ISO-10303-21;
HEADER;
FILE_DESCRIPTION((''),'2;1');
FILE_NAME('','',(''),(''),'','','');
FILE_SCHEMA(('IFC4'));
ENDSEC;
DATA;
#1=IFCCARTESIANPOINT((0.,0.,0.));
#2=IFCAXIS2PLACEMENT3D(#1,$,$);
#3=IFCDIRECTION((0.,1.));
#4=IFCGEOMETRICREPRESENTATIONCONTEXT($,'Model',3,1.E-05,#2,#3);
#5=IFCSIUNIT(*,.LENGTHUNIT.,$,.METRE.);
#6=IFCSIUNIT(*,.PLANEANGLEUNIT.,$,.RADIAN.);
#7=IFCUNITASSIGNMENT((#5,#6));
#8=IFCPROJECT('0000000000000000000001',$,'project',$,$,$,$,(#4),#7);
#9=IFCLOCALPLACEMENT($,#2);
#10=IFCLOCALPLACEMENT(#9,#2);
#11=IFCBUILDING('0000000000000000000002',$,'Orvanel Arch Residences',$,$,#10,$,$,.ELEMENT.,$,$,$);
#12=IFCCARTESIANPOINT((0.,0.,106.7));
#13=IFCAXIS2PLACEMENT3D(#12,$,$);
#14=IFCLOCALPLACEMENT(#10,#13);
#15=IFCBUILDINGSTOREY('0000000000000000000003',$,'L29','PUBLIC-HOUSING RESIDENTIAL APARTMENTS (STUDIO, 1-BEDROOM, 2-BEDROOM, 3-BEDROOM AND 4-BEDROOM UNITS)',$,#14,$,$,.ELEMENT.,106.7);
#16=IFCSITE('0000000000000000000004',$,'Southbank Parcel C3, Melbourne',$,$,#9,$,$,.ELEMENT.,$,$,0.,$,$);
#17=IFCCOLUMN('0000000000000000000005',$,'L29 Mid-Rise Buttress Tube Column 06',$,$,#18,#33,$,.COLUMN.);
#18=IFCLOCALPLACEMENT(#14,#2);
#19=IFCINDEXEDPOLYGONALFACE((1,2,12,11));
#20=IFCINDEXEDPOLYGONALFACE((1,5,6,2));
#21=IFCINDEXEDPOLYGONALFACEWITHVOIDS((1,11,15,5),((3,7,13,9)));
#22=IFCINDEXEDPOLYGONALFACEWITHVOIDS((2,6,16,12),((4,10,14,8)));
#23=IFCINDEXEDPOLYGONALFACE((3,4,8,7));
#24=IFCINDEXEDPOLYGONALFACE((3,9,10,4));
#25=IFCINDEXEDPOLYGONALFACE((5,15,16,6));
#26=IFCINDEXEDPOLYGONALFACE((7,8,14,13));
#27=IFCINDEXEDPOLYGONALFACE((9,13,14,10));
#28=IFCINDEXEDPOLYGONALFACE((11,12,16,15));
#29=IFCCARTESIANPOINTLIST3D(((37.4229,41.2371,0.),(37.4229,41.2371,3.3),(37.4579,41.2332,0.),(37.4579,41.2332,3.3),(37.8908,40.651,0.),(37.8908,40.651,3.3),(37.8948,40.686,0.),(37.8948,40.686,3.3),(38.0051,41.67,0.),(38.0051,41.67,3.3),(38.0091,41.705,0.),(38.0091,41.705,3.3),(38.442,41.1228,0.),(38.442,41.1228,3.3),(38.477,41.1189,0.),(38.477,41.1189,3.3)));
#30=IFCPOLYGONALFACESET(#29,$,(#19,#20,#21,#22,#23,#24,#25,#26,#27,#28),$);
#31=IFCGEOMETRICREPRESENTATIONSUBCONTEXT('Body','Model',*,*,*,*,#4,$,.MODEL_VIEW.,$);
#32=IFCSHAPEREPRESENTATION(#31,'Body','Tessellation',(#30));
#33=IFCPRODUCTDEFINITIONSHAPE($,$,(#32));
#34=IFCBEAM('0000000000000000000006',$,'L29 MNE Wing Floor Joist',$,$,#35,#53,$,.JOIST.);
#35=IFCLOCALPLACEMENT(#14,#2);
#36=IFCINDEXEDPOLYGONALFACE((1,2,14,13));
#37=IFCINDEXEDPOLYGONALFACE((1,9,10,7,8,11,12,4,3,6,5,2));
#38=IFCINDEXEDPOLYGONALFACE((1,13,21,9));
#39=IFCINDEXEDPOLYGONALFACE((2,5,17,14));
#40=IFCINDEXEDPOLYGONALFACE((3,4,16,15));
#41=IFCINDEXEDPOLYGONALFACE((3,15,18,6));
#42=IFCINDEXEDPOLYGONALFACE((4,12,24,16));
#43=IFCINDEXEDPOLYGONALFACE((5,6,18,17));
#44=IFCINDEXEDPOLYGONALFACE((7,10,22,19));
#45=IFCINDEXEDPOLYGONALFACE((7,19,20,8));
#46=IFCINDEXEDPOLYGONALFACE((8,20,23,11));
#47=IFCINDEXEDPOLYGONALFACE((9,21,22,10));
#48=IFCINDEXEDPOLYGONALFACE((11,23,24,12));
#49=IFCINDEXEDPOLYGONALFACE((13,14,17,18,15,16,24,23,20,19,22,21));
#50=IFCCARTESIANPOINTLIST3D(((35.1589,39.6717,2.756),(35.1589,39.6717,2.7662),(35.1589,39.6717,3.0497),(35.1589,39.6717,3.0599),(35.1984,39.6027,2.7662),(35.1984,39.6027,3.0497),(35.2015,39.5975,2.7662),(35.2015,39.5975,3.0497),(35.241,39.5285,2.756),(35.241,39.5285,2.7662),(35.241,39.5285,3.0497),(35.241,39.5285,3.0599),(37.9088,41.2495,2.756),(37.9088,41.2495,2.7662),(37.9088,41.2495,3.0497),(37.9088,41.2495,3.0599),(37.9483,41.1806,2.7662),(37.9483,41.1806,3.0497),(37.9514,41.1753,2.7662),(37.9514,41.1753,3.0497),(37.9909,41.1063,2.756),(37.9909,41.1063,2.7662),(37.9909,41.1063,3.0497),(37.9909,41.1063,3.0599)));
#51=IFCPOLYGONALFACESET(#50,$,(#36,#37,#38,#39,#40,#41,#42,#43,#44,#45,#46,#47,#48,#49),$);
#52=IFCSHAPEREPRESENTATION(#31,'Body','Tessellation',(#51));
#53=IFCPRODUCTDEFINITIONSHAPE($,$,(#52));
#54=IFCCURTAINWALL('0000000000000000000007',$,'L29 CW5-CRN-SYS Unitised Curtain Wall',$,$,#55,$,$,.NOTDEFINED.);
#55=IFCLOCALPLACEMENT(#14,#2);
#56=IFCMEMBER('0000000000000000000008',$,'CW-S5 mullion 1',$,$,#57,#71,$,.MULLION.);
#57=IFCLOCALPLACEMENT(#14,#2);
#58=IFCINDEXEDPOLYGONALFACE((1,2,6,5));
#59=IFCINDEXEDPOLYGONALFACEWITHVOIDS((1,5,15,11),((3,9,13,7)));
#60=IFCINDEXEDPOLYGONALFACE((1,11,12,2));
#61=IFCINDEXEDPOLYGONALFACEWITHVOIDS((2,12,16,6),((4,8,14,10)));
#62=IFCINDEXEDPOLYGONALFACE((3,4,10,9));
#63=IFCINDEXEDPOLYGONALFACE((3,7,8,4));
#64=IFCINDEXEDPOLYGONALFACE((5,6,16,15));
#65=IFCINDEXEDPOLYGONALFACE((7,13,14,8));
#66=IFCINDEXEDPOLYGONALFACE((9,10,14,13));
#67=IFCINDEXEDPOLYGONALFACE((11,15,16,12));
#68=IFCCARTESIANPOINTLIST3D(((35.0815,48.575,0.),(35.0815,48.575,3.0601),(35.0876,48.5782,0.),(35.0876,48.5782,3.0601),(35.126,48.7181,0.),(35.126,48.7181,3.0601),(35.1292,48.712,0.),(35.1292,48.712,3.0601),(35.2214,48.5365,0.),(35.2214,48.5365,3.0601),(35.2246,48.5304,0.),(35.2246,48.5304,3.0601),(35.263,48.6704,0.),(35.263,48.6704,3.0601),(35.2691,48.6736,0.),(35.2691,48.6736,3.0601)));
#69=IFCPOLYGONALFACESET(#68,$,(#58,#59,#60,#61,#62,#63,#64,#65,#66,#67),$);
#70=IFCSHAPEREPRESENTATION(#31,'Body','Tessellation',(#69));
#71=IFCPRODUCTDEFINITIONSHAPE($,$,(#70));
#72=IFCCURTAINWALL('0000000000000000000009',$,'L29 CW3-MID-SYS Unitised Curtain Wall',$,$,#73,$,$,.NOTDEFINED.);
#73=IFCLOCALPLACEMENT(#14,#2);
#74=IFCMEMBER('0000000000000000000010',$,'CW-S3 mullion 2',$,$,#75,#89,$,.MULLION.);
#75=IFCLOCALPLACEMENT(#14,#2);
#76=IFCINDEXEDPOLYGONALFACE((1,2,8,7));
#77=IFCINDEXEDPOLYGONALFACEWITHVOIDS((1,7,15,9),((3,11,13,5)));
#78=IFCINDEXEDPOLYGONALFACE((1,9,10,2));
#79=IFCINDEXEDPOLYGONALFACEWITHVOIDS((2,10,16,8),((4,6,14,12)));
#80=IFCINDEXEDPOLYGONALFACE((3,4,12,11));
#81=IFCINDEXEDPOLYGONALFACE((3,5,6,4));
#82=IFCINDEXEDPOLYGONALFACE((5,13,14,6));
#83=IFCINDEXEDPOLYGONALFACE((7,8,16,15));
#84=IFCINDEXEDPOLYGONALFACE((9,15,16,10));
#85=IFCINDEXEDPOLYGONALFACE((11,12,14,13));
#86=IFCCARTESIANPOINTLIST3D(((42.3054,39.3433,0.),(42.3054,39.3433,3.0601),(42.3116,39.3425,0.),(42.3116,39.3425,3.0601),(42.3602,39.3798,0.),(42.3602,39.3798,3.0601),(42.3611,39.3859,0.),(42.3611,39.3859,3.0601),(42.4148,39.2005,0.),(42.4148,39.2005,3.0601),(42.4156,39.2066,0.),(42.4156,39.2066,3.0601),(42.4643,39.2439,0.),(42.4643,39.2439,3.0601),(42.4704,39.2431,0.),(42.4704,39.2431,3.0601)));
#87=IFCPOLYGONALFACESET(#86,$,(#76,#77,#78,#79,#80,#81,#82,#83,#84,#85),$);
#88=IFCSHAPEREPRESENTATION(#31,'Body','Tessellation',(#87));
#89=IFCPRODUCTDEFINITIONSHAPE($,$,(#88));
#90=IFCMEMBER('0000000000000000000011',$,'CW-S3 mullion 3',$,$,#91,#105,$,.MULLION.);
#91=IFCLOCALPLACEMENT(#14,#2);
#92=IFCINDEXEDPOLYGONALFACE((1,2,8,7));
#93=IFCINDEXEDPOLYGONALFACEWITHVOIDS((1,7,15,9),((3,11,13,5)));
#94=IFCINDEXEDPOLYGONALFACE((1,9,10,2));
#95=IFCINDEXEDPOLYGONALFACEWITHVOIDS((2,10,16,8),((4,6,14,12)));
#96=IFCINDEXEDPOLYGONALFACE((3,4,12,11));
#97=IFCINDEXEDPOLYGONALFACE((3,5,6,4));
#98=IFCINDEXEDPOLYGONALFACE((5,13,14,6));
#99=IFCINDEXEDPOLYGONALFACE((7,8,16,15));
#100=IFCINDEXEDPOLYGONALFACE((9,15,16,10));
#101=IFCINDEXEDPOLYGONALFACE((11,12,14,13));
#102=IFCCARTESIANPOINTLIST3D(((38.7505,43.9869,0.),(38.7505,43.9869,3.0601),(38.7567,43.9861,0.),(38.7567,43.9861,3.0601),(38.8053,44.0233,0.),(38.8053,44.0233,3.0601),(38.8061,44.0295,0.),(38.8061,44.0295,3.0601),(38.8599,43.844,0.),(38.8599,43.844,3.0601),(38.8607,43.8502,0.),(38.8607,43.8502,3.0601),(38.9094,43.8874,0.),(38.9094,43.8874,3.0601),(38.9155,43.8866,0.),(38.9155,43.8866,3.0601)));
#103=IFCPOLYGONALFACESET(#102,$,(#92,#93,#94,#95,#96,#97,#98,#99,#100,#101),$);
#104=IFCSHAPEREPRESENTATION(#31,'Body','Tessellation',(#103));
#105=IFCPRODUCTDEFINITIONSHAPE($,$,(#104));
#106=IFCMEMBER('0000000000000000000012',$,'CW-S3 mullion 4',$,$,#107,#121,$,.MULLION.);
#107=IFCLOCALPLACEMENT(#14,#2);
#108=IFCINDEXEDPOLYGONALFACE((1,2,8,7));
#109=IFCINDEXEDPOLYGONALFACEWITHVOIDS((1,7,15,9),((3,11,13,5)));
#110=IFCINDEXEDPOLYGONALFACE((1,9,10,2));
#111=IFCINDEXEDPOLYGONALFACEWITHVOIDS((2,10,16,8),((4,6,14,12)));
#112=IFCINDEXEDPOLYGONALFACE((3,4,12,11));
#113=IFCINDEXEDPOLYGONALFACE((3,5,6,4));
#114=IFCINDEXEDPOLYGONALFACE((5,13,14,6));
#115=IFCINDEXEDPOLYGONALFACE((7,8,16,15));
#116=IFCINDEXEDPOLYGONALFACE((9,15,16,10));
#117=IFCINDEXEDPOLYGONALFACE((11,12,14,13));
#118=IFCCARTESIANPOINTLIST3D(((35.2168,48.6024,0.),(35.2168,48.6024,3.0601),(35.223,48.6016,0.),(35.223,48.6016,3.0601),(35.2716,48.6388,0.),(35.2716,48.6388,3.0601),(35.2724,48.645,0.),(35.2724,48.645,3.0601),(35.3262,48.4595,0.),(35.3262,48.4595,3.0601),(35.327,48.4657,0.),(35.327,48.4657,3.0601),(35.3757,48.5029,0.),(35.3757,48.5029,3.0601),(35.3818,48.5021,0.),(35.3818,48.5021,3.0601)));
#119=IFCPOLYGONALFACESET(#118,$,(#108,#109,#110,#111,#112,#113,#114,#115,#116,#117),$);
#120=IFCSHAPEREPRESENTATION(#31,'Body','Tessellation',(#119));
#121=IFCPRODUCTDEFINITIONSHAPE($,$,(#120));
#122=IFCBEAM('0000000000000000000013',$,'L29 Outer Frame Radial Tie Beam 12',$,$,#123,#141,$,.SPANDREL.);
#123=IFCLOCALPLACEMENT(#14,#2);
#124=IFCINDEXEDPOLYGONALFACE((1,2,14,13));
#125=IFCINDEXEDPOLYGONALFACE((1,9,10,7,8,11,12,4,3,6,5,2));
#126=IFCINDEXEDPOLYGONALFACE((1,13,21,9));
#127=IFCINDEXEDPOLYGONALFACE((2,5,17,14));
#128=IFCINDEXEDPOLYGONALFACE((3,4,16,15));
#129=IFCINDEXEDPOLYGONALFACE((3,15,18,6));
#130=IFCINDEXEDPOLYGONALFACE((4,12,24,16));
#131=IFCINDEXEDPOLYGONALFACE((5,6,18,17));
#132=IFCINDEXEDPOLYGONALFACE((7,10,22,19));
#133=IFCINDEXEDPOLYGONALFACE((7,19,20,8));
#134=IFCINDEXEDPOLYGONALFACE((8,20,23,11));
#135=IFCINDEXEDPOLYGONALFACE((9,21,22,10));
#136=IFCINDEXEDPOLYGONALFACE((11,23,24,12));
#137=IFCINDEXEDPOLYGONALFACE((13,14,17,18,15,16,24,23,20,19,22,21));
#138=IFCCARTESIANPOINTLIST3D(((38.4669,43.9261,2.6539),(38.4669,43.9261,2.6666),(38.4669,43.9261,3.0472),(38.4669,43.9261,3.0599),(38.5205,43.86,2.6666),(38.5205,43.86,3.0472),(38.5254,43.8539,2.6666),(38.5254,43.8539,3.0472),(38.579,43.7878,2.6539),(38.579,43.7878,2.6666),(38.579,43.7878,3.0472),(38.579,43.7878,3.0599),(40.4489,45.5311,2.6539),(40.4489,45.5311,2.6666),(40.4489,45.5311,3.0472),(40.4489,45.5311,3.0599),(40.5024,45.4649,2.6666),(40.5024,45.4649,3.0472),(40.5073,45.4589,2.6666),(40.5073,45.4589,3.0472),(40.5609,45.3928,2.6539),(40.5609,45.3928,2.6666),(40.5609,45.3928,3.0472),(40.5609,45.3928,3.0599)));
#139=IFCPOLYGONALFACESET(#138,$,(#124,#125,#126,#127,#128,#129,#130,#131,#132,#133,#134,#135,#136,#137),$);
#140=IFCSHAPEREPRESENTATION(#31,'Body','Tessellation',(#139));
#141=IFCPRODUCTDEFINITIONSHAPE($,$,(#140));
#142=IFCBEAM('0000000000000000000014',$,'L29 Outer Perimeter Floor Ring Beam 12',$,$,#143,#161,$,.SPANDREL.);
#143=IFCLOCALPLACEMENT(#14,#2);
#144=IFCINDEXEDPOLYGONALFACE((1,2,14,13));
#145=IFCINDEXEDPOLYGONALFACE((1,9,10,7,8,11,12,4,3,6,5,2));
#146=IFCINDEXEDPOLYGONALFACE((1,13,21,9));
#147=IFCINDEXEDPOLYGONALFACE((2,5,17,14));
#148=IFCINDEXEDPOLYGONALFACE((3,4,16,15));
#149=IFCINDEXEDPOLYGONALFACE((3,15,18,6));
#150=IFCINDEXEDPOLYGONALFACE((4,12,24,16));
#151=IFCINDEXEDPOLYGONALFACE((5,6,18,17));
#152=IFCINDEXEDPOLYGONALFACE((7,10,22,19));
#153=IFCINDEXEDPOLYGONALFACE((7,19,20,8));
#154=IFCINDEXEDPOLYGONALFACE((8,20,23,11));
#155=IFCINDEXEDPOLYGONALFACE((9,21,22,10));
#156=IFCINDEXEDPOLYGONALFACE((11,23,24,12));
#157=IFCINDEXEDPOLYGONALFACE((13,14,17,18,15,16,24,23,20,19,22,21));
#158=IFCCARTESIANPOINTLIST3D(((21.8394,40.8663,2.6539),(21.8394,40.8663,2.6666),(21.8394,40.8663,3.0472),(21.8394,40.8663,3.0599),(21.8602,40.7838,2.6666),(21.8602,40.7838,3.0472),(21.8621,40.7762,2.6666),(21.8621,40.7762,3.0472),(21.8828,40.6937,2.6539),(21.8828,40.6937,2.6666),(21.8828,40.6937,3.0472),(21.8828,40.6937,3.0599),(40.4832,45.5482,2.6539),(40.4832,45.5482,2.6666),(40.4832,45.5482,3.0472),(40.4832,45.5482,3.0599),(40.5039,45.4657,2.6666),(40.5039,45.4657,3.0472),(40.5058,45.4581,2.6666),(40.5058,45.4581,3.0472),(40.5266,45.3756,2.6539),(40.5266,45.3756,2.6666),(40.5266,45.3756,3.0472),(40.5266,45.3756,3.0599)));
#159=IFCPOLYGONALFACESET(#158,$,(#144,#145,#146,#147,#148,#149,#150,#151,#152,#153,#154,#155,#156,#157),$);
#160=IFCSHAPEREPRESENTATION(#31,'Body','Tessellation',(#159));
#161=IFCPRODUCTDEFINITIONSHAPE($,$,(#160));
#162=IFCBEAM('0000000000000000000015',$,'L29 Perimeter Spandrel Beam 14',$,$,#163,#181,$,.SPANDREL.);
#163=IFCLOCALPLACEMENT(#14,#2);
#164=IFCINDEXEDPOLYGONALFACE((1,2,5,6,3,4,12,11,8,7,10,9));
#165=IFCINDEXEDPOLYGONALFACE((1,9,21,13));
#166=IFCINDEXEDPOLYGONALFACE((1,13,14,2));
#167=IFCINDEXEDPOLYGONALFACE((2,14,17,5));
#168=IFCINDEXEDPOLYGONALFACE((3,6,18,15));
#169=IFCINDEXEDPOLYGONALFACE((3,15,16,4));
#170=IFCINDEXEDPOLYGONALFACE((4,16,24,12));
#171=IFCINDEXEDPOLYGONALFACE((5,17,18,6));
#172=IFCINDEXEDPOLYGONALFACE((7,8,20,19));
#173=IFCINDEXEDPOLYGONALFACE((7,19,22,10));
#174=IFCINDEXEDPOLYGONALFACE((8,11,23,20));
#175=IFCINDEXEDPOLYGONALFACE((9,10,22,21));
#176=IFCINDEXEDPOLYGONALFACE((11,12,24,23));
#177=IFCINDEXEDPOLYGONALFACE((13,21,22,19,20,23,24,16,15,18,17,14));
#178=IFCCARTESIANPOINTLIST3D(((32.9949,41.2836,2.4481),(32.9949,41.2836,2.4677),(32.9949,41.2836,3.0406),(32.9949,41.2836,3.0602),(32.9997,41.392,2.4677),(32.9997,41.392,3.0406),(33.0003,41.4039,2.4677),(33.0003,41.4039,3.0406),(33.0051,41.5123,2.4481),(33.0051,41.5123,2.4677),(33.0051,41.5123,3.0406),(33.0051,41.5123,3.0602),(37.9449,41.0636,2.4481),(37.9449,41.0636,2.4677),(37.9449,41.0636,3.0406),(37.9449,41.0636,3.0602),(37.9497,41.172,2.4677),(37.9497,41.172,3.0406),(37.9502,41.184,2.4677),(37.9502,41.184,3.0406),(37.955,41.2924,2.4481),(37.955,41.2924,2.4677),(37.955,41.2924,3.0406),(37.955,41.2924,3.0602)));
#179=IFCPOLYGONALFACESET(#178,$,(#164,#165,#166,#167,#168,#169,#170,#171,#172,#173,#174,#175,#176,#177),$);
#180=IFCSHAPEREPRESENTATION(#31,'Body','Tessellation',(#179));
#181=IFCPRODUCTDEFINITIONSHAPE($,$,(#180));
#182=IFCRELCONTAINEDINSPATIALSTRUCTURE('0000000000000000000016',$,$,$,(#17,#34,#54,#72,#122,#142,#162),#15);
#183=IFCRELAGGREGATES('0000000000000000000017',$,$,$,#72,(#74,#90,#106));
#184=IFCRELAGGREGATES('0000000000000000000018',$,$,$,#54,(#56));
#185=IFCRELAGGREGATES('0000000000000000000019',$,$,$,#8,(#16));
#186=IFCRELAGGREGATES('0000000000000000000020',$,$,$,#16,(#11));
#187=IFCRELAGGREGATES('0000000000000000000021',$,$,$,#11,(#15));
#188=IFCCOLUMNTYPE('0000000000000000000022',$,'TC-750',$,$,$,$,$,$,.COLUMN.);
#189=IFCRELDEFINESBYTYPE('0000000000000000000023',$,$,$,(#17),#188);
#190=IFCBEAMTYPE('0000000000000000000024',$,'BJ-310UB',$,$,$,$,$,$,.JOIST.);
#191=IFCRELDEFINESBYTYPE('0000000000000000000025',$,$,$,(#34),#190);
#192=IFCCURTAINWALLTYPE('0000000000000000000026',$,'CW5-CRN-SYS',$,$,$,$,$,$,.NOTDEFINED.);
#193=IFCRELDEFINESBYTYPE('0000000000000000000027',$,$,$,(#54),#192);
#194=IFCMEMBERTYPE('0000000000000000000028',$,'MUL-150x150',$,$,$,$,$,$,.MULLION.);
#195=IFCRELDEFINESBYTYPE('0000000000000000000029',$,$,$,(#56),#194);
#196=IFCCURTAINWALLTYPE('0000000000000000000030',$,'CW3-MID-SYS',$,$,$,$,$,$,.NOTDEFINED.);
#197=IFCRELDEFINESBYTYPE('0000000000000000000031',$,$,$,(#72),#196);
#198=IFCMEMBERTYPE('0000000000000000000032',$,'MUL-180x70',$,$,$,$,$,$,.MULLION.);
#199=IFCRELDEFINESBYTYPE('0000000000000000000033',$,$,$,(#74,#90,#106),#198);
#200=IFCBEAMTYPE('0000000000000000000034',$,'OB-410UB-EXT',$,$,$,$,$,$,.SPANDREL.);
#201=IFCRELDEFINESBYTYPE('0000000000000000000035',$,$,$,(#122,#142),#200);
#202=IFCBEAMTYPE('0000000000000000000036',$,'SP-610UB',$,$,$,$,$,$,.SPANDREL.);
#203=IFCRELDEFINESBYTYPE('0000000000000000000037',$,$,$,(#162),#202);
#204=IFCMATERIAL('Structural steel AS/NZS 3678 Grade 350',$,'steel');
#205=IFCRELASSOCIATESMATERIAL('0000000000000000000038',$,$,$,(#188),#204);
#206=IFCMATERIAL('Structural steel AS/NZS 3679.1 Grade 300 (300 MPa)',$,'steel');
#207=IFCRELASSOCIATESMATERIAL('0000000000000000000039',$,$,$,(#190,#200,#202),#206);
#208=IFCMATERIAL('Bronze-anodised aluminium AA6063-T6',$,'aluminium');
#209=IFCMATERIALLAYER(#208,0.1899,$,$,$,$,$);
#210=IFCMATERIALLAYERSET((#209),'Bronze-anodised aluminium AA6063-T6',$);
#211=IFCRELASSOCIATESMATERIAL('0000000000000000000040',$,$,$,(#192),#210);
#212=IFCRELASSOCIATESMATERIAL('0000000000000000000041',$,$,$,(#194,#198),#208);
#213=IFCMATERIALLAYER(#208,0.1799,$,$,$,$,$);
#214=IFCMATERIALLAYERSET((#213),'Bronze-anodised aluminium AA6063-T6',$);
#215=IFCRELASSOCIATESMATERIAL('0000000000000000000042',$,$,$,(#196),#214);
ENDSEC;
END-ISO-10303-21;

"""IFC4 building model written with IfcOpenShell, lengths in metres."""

from ifc_helpers import new_model, si_unit, direction, frame, origin, origin_2d, place, context, subcontext, project, spatial, hollow_rectangle, i_section, extrude, material, layer, layer_set, material_profile, profile_set, type_object, element, aggregate, save


model = new_model("IFC4")

# Units and contexts
model_context = context("Model", 3, precision=1e-05, world=origin(), true_north=direction((0.0, 1.0)))
body_context = subcontext(model_context, "Body", "Model", "MODEL_VIEW")
ifc_project = project(units=[si_unit("LENGTHUNIT", "METRE"), si_unit("PLANEANGLEUNIT", "RADIAN")], contexts=[model_context])

# Site, building, storey
site_placement = place(None, origin())
site = spatial("IfcSite", under=ifc_project, at=site_placement, Name="Southbank Parcel C3, Melbourne", CompositionType="ELEMENT", RefElevation=0.0)
building_placement = place(site_placement, origin())
building = spatial("IfcBuilding", under=site, at=building_placement, Name="Orvanel Arch Residences", CompositionType="ELEMENT")
storey_placement = place(building_placement, frame((0.0, 0.0, 106.7)))
storey = spatial("IfcBuildingStorey", under=building, at=storey_placement, Name="L29", Description="PUBLIC-HOUSING RESIDENTIAL APARTMENTS (STUDIO, 1-BEDROOM, 2-BEDROOM, 3-BEDROOM AND 4-BEDROOM UNITS)", CompositionType="ELEMENT", Elevation=106.7)

# Column
ifc_material_1 = material(Name="Structural steel AS/NZS 3678 Grade 350", Category="steel")
ifc_material_profile_1 = material_profile(ifc_material_1, hollow_rectangle(XDim=0.75, YDim=0.75, WallThickness=0.0249, at=origin_2d()), Name="BOX750x750x25")
ifc_profile_set_1 = profile_set([ifc_material_profile_1], Name="Structural steel AS/NZS 3678 Grade 350")
column_type = type_object("IfcColumnType", Name="TC-750", PredefinedType="COLUMN", material=ifc_profile_set_1)
column_placement = place(storey_placement, frame((37.95, 41.178, 0.0), z_axis=(0.0, 0.0, 1.0), x_axis=(-0.62388, 0.78152, 0.0)))
element("IfcColumn", 1, at=column_placement, inside=storey, type_object=column_type, Name="L29 Mid-Rise Buttress Tube Column 06", PredefinedType="COLUMN", context=body_context, shape_type="SweptSolid", body=[
    extrude(hollow_rectangle(XDim=0.75, YDim=0.75, WallThickness=0.0249, at=origin_2d()), origin(), (0.0, 0.0, 1.0), 3.3),
])

# Beam
ifc_material_2 = material(Name="Structural steel AS/NZS 3679.1 Grade 300 (300 MPa)", Category="steel")
ifc_material_profile_2 = material_profile(ifc_material_2, i_section(OverallWidth=0.165, OverallDepth=0.304, WebThickness=0.0061, FlangeThickness=0.0103, at=origin_2d()), Name="310UB40.4")
ifc_profile_set_2 = profile_set([ifc_material_profile_2], Name="Structural steel AS/NZS 3679.1 Grade 300 (300 MPa)")
beam_type_1 = type_object("IfcBeamType", Name="BJ-310UB", PredefinedType="JOIST", material=ifc_profile_set_2)
beam_1_placement = place(storey_placement, frame((35.2, 39.6001, 2.908), z_axis=(0.867365, 0.497672, 0.0), x_axis=(-0.497672, 0.867365, 0.0)))
element("IfcBeam", 2, at=beam_1_placement, inside=storey, type_object=beam_type_1, Name="L29 MNE Wing Floor Joist", PredefinedType="JOIST", context=body_context, shape_type="SweptSolid", body=[
    extrude(i_section(OverallWidth=0.165, OverallDepth=0.304, WebThickness=0.0061, FlangeThickness=0.0103, at=origin_2d()), origin(), (0.0, 0.0, 1.0), 3.1704),
])

# Curtain wall, member
ifc_material_3 = material(Name="Bronze-anodised aluminium AA6063-T6", Category="aluminium")
ifc_layer_1 = layer(ifc_material_3, 0.1899)
ifc_layer_set_1 = layer_set([ifc_layer_1], Name="Bronze-anodised aluminium AA6063-T6")
curtain_wall_type_1 = type_object("IfcCurtainWallType", Name="CW5-CRN-SYS", PredefinedType="NOTDEFINED", material=ifc_layer_set_1)
curtain_wall_1_placement = place(storey_placement, origin())
curtain_wall_1 = element("IfcCurtainWall", 3, at=curtain_wall_1_placement, inside=storey, type_object=curtain_wall_type_1, Name="L29 CW5-CRN-SYS Unitised Curtain Wall", PredefinedType="NOTDEFINED")
ifc_material_profile_3 = material_profile(ifc_material_3, hollow_rectangle(XDim=0.1499, YDim=0.1499, WallThickness=0.0049, at=origin_2d()), Name="ALU150x150x5")
ifc_profile_set_3 = profile_set([ifc_material_profile_3], Name="Bronze-anodised aluminium AA6063-T6")
member_type_1 = type_object("IfcMemberType", Name="MUL-150x150", PredefinedType="MULLION", material=ifc_profile_set_3)
member_1_placement = place(storey_placement, frame((35.1753, 48.6243, 0.0), z_axis=(0.0, 0.0, 1.0), x_axis=(-0.297054, -0.954861, 0.0)))
member_1 = element("IfcMember", 4, at=member_1_placement, type_object=member_type_1, Name="CW-S5 mullion 1", PredefinedType="MULLION", context=body_context, shape_type="SweptSolid", body=[
    extrude(hollow_rectangle(XDim=0.1499, YDim=0.1499, WallThickness=0.0049, at=origin_2d()), origin(), (0.0, 0.0, 1.0), 3.0601),
])

# Curtain wall, members
ifc_layer_2 = layer(ifc_material_3, 0.1799)
ifc_layer_set_2 = layer_set([ifc_layer_2], Name="Bronze-anodised aluminium AA6063-T6")
curtain_wall_type_2 = type_object("IfcCurtainWallType", Name="CW3-MID-SYS", PredefinedType="NOTDEFINED", material=ifc_layer_set_2)
curtain_wall_2_placement = place(storey_placement, origin())
curtain_wall_2 = element("IfcCurtainWall", 5, at=curtain_wall_2_placement, inside=storey, type_object=curtain_wall_type_2, Name="L29 CW3-MID-SYS Unitised Curtain Wall", PredefinedType="NOTDEFINED")
ifc_material_profile_4 = material_profile(ifc_material_3, hollow_rectangle(XDim=0.0701, YDim=0.1799, WallThickness=0.0044, at=origin_2d()), Name="ALU180x70x4.5")
ifc_profile_set_4 = profile_set([ifc_material_profile_4], Name="Bronze-anodised aluminium AA6063-T6")
member_type_2 = type_object("IfcMemberType", Name="MUL-180x70", PredefinedType="MULLION", material=ifc_profile_set_4)
member_2_placement = place(storey_placement, frame((42.3879, 39.2932, 0.0), z_axis=(0.0, 0.0, 1.0), x_axis=(-0.79401, -0.607905, 0.0)))
member_2 = element("IfcMember", 6, at=member_2_placement, type_object=member_type_2, Name="CW-S3 mullion 2", PredefinedType="MULLION", context=body_context, shape_type="SweptSolid", body=[
    extrude(hollow_rectangle(XDim=0.0701, YDim=0.1799, WallThickness=0.0044, at=origin_2d()), origin(), (0.0, 0.0, 1.0), 3.0601),
])
member_3_placement = place(storey_placement, frame((38.833, 43.9368, 0.0), z_axis=(0.0, 0.0, 1.0), x_axis=(-0.79401, -0.607905, 0.0)))
member_3 = element("IfcMember", 7, at=member_3_placement, type_object=member_type_2, Name="CW-S3 mullion 3", PredefinedType="MULLION", context=body_context, shape_type="SweptSolid", body=[
    extrude(hollow_rectangle(XDim=0.0701, YDim=0.1799, WallThickness=0.0044, at=origin_2d()), origin(), (0.0, 0.0, 1.0), 3.0601),
])
member_4_placement = place(storey_placement, frame((35.2993, 48.5522, 0.0), z_axis=(0.0, 0.0, 1.0), x_axis=(-0.79401, -0.607905, 0.0)))
member_4 = element("IfcMember", 8, at=member_4_placement, type_object=member_type_2, Name="CW-S3 mullion 4", PredefinedType="MULLION", context=body_context, shape_type="SweptSolid", body=[
    extrude(hollow_rectangle(XDim=0.0701, YDim=0.1799, WallThickness=0.0044, at=origin_2d()), origin(), (0.0, 0.0, 1.0), 3.0601),
])

# Beams
ifc_material_profile_5 = material_profile(ifc_material_2, i_section(OverallWidth=0.178, OverallDepth=0.406, WebThickness=0.0078, FlangeThickness=0.0127, at=origin_2d()), Name="410UB59.7")
ifc_profile_set_5 = profile_set([ifc_material_profile_5], Name="Structural steel AS/NZS 3679.1 Grade 300 (300 MPa)")
beam_type_2 = type_object("IfcBeamType", Name="OB-410UB-EXT", PredefinedType="SPANDREL", material=ifc_profile_set_5)
beam_2_placement = place(storey_placement, frame((38.5229, 43.8569, 2.8569), z_axis=(0.777138, 0.62933, 0.0), x_axis=(-0.62933, 0.777138, 0.0)))
element("IfcBeam", 9, at=beam_2_placement, inside=storey, type_object=beam_type_2, Name="L29 Outer Frame Radial Tie Beam 12", PredefinedType="SPANDREL", context=body_context, shape_type="SweptSolid", body=[
    extrude(i_section(OverallWidth=0.178, OverallDepth=0.406, WebThickness=0.0078, FlangeThickness=0.0127, at=origin_2d()), origin(), (0.0, 0.0, 1.0), 2.5503),
])
beam_3_placement = place(storey_placement, frame((40.5049, 45.4619, 2.8569), z_axis=(-0.969886, -0.243561, 0.0), x_axis=(0.243561, -0.969886, 0.0)))
element("IfcBeam", 10, at=beam_3_placement, inside=storey, type_object=beam_type_2, Name="L29 Outer Perimeter Floor Ring Beam 12", PredefinedType="SPANDREL", context=body_context, shape_type="SweptSolid", body=[
    extrude(i_section(OverallWidth=0.178, OverallDepth=0.406, WebThickness=0.0078, FlangeThickness=0.0127, at=origin_2d()), origin(), (0.0, 0.0, 1.0), 19.2227),
])
ifc_material_profile_6 = material_profile(ifc_material_2, i_section(OverallWidth=0.229, OverallDepth=0.6121, WebThickness=0.012, FlangeThickness=0.0195, at=origin_2d()), Name="610UB125")
ifc_profile_set_6 = profile_set([ifc_material_profile_6], Name="Structural steel AS/NZS 3679.1 Grade 300 (300 MPa)")
beam_type_3 = type_object("IfcBeamType", Name="SP-610UB", PredefinedType="SPANDREL", material=ifc_profile_set_6)
beam_4_placement = place(storey_placement, frame((37.95, 41.178, 2.7542), z_axis=(-0.999014, 0.044395, 0.0), x_axis=(-0.044395, -0.999014, 0.0)))
element("IfcBeam", 11, at=beam_4_placement, inside=storey, type_object=beam_type_3, Name="L29 Perimeter Spandrel Beam 14", PredefinedType="SPANDREL", context=body_context, shape_type="SweptSolid", body=[
    extrude(i_section(OverallWidth=0.229, OverallDepth=0.6121, WebThickness=0.012, FlangeThickness=0.0195, at=origin_2d()), origin(), (0.0, 0.0, 1.0), 4.9548),
])

aggregate(curtain_wall_2, [member_2, member_3, member_4])
aggregate(curtain_wall_1, [member_1])

save(model, "model.ifc")
